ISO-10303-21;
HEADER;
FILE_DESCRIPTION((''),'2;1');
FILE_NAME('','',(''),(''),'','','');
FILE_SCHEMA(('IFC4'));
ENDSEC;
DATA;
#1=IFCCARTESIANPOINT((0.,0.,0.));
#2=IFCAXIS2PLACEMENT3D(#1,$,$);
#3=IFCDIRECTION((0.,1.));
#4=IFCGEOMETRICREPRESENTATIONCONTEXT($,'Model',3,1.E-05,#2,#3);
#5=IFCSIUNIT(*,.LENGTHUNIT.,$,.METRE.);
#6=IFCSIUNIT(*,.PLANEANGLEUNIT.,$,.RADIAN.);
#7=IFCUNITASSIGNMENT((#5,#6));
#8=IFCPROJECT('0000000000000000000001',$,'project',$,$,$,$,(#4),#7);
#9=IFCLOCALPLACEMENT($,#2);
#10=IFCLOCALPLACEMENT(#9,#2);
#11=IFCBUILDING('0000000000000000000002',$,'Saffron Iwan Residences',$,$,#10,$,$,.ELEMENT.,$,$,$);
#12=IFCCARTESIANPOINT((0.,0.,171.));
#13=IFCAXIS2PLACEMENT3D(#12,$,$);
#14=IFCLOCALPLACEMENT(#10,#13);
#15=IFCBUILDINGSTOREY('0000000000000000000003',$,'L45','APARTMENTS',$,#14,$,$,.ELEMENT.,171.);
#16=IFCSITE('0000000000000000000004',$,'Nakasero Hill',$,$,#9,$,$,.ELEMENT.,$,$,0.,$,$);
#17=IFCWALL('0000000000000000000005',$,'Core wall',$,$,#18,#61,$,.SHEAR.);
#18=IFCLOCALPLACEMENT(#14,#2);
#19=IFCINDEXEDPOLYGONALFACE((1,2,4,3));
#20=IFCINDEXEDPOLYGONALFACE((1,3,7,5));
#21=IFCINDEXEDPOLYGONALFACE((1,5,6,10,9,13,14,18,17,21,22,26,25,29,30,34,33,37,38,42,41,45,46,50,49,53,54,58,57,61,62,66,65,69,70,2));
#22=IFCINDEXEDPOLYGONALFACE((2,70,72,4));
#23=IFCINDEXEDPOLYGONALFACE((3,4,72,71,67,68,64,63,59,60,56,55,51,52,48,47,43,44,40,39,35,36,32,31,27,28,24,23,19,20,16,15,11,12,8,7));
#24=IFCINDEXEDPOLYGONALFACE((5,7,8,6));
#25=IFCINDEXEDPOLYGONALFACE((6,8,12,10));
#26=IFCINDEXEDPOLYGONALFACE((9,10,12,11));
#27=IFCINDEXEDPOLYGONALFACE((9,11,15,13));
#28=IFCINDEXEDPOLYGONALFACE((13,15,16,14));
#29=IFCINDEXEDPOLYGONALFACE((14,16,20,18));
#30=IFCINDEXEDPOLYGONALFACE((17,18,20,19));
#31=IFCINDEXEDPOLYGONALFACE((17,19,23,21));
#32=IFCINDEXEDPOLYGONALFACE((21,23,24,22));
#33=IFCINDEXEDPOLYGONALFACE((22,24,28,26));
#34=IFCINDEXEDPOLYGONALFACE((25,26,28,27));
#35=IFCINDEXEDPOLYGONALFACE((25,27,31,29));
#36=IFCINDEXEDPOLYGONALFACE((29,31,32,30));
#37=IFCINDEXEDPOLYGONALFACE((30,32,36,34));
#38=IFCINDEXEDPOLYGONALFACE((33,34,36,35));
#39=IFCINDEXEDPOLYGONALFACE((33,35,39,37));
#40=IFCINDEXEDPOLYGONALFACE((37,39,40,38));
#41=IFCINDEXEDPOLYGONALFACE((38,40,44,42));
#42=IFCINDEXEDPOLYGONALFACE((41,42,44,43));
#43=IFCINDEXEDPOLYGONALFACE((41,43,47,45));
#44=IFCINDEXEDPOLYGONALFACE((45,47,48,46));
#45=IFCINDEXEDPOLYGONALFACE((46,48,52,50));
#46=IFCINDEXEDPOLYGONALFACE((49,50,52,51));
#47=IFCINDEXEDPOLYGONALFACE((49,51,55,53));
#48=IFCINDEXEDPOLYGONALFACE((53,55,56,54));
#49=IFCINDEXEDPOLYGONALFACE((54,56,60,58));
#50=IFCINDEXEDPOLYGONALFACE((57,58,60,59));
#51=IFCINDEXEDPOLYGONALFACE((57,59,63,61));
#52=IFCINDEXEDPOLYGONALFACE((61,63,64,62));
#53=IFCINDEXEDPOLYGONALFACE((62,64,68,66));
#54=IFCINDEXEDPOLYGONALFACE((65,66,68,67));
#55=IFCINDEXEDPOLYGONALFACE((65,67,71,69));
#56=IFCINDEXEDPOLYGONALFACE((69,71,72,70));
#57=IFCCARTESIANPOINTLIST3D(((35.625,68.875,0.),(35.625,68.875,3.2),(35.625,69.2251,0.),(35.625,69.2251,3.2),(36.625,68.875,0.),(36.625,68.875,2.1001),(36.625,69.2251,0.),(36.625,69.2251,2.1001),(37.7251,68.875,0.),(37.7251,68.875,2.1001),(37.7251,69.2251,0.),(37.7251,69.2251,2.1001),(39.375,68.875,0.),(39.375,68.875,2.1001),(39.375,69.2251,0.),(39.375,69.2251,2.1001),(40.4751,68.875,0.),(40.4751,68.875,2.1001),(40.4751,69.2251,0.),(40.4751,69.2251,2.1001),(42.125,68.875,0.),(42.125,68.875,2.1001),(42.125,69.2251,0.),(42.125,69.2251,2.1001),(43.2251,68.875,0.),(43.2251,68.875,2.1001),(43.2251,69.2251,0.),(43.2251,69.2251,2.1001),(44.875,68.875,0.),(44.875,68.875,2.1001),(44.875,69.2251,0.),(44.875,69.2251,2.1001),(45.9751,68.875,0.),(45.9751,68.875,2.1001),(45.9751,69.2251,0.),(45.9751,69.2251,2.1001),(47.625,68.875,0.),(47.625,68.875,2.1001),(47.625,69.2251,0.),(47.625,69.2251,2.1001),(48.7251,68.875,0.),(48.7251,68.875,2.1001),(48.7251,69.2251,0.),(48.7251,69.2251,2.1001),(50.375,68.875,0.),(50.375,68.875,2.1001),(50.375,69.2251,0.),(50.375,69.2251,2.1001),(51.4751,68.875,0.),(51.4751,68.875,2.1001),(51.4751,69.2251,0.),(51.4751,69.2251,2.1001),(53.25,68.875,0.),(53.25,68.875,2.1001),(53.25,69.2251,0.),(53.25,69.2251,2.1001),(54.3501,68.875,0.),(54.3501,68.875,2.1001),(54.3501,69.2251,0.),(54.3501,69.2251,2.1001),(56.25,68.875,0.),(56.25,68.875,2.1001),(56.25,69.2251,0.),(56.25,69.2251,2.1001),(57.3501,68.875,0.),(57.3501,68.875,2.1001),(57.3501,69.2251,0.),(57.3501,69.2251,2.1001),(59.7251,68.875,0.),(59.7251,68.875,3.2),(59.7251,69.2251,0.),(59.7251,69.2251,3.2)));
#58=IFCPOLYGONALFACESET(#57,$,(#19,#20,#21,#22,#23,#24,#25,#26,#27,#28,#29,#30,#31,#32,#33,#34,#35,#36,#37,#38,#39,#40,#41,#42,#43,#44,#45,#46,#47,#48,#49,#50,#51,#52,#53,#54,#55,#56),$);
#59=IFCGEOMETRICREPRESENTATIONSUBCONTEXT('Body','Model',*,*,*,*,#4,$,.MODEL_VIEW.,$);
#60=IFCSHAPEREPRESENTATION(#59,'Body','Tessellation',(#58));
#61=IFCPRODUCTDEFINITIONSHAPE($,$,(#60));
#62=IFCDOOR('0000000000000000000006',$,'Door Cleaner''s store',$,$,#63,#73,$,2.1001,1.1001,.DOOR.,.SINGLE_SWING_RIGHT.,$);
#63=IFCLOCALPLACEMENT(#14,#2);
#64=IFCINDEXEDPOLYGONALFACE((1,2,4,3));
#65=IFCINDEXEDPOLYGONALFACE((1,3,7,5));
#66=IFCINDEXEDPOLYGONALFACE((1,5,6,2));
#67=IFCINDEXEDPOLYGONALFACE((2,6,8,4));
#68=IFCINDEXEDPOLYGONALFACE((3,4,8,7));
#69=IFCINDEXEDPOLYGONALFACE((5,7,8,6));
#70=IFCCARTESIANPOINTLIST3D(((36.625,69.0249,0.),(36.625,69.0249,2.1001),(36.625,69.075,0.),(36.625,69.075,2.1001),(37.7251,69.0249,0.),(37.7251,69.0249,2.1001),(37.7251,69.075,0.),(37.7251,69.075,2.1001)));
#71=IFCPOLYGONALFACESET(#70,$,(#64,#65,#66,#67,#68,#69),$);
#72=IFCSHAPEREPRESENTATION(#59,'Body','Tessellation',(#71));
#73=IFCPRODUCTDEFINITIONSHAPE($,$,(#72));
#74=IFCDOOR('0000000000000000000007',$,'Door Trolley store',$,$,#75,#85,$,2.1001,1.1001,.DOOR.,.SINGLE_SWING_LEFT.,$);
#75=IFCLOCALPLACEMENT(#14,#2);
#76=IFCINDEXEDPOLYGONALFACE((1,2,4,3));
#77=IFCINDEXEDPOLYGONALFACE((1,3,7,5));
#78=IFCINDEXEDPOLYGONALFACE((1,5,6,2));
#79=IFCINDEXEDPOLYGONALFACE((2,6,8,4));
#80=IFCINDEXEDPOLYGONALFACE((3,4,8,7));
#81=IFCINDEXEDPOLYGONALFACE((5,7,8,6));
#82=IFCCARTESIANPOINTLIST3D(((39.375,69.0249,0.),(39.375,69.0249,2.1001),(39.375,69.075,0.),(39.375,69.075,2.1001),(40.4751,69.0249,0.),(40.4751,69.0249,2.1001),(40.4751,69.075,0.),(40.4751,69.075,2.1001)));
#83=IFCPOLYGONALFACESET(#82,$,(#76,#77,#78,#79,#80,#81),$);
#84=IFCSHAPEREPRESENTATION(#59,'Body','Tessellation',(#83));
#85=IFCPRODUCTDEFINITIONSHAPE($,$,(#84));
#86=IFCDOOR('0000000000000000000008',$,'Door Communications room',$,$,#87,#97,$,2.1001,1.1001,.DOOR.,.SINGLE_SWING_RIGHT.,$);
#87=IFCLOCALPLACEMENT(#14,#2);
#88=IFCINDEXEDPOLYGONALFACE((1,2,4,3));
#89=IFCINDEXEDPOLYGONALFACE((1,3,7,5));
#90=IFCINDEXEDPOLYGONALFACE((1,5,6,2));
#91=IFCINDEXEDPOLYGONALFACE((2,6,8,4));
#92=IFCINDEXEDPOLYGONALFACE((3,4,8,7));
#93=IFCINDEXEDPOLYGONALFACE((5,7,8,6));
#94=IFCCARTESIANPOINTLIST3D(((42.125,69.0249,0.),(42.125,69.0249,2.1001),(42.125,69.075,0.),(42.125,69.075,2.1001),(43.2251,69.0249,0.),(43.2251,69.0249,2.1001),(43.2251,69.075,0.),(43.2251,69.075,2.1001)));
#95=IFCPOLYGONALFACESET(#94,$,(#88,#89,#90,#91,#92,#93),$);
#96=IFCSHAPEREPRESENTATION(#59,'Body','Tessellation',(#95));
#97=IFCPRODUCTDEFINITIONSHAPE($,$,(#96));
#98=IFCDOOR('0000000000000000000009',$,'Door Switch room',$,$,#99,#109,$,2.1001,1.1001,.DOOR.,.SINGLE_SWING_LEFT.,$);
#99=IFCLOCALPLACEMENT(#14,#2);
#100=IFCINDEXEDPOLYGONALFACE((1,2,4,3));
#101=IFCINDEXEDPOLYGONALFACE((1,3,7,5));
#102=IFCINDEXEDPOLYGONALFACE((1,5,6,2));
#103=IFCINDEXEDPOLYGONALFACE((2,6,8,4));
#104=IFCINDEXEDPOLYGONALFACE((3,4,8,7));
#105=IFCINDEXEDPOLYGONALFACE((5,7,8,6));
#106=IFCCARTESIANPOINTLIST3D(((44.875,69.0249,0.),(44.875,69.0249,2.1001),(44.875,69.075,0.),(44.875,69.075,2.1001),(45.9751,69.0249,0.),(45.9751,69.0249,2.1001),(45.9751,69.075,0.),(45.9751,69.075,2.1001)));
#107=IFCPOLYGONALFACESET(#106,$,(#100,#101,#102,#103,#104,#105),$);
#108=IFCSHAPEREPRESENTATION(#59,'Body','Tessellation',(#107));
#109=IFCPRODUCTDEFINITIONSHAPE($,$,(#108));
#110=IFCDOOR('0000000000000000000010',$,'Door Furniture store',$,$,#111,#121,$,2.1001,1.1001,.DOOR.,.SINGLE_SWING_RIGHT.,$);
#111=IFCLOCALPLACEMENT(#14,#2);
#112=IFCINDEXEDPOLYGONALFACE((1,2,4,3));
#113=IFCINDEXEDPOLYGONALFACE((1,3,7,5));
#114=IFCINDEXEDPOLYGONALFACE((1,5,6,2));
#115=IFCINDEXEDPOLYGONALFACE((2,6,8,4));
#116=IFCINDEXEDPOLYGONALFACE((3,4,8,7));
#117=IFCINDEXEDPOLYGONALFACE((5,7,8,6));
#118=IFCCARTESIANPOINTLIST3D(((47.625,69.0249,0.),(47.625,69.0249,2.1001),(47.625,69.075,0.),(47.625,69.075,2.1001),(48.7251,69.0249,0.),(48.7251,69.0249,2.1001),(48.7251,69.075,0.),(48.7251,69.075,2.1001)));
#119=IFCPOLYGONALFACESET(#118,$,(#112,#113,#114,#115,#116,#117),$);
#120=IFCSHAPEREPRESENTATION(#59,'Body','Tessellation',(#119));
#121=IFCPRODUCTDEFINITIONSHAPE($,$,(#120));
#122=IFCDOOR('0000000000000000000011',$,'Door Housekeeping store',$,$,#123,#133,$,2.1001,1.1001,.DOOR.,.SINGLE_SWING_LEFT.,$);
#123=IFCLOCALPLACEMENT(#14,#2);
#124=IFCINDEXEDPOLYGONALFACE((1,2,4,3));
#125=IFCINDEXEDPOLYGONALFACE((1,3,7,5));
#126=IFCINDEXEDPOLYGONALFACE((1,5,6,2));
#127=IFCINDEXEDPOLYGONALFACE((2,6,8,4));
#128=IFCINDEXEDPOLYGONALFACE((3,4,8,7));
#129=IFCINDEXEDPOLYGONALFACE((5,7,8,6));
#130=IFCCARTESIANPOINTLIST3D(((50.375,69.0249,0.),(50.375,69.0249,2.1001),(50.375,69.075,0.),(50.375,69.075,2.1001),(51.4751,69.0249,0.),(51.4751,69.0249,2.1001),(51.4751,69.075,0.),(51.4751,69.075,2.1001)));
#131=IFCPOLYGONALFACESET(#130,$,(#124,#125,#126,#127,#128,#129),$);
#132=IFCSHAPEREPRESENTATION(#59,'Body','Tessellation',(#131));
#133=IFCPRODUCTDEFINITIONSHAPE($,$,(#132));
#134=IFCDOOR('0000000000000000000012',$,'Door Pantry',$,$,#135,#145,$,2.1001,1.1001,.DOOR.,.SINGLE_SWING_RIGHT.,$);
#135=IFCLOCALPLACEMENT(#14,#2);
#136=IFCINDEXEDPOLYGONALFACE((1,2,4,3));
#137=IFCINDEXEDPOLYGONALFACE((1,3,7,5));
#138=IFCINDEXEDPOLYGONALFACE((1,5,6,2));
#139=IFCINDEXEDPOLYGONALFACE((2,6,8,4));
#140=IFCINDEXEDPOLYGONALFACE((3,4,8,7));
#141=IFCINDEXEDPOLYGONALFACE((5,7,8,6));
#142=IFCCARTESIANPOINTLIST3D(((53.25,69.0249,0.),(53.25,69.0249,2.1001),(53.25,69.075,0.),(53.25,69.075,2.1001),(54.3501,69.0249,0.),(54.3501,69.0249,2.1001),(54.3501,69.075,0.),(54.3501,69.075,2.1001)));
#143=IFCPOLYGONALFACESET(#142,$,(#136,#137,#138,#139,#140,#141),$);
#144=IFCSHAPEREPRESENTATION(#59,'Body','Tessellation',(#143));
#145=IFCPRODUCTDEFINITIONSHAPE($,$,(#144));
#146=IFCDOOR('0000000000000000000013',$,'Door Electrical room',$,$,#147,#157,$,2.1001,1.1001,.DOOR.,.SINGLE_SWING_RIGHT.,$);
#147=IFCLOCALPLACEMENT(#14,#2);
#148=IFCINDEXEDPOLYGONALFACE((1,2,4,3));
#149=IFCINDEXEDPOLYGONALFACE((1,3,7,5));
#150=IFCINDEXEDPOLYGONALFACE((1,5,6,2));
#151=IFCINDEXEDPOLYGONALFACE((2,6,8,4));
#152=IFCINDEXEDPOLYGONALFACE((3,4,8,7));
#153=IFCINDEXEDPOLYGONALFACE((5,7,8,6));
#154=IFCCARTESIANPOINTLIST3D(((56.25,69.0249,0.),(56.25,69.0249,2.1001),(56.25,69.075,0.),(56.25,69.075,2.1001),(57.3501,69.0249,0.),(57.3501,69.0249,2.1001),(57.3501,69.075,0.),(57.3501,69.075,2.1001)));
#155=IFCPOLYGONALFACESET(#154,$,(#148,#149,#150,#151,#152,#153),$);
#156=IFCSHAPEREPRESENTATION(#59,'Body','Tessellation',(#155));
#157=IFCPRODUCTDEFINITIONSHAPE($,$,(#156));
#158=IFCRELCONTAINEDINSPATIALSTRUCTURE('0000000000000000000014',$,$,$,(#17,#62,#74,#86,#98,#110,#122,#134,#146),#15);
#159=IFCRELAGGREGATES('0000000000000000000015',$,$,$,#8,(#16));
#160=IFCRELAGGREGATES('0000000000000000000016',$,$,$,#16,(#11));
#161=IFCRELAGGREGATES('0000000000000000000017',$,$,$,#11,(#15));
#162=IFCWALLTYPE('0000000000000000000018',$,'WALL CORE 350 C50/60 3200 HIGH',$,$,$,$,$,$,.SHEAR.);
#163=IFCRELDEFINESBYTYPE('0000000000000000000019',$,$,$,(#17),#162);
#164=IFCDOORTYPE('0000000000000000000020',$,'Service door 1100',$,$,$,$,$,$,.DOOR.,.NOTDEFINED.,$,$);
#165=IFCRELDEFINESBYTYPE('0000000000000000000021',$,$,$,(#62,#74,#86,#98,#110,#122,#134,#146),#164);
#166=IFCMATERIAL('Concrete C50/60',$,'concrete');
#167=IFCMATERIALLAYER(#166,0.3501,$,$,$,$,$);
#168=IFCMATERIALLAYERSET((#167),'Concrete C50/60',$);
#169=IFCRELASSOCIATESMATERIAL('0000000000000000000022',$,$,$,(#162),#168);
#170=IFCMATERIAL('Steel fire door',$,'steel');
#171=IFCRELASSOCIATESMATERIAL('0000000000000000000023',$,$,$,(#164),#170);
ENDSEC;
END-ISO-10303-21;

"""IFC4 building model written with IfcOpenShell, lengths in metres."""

from ifc_helpers import new_model, si_unit, direction, frame, frame_2d, origin, place, context, subcontext, project, spatial, rectangle, extrude, material, layer, layer_set, type_object, element, fill, save


model = new_model("IFC4")

# Units and contexts
model_context = context("Model", 3, precision=1e-05, world=origin(), true_north=direction((0.0, 1.0)))
body_context = subcontext(model_context, "Body", "Model", "MODEL_VIEW")
ifc_project = project(units=[si_unit("LENGTHUNIT", "METRE"), si_unit("PLANEANGLEUNIT", "RADIAN")], contexts=[model_context])

# Site, building, storey
site_placement = place(None, origin())
site = spatial("IfcSite", under=ifc_project, at=site_placement, Name="Nakasero Hill", CompositionType="ELEMENT", RefElevation=0.0)
building_placement = place(site_placement, origin())
building = spatial("IfcBuilding", under=site, at=building_placement, Name="Saffron Iwan Residences", CompositionType="ELEMENT")
storey_placement = place(building_placement, frame((0.0, 0.0, 171.0)))
storey = spatial("IfcBuildingStorey", under=building, at=storey_placement, Name="L45", Description="APARTMENTS", CompositionType="ELEMENT", Elevation=171.0)

# Shared definitions
ifc_material_1 = material(Name="Concrete C50/60", Category="concrete")

# Shared definitions
ifc_material_2 = material(Name="Steel fire door", Category="steel")

# Wall, openings, doors
ifc_layer_1 = layer(ifc_material_1, 0.3501)
ifc_layer_set_1 = layer_set([ifc_layer_1], Name="Concrete C50/60")
wall_type_1 = type_object("IfcWallType", Name="WALL CORE 350 C50/60 3200 HIGH", PredefinedType="SHEAR", material=ifc_layer_set_1)
wall_1_placement = place(storey_placement, frame((35.625, 69.05, 0.0), z_axis=(0.0, 0.0, 1.0), x_axis=(1.0, 0.0, 0.0)))
wall_1 = element("IfcWall", 1, at=wall_1_placement, inside=storey, type_object=wall_type_1, Name="Core wall", PredefinedType="SHEAR", context=body_context, shape_type="SweptSolid", body=[
    extrude(rectangle(XDim=24.1001, YDim=0.3501, at=frame_2d((12.05, 0.0))), origin(), (0.0, 0.0, 1.0), 3.2),
])
opening_1_placement = place(wall_1_placement, frame((1.0, 0.0, 0.0)))
opening_1 = element("IfcOpeningElement", 2, at=opening_1_placement, cuts=wall_1, PredefinedType="OPENING", context=body_context, shape_type="SweptSolid", body=[
    extrude(rectangle(XDim=1.1001, YDim=2.1001, at=frame_2d((0.55, 1.05))), frame((0.0, 0.1851, 0.0), z_axis=(0.0, -1.0, 0.0), x_axis=(1.0, 0.0, 0.0)), (0.0, 0.0, 1.0), 0.3701),
])
opening_2_placement = place(wall_1_placement, frame((3.75, 0.0, 0.0)))
opening_2 = element("IfcOpeningElement", 3, at=opening_2_placement, cuts=wall_1, PredefinedType="OPENING", context=body_context, shape_type="SweptSolid", body=[
    extrude(rectangle(XDim=1.1001, YDim=2.1001, at=frame_2d((0.55, 1.05))), frame((0.0, 0.1851, 0.0), z_axis=(0.0, -1.0, 0.0), x_axis=(1.0, 0.0, 0.0)), (0.0, 0.0, 1.0), 0.3701),
])
opening_3_placement = place(wall_1_placement, frame((6.5, 0.0, 0.0)))
opening_3 = element("IfcOpeningElement", 4, at=opening_3_placement, cuts=wall_1, PredefinedType="OPENING", context=body_context, shape_type="SweptSolid", body=[
    extrude(rectangle(XDim=1.1001, YDim=2.1001, at=frame_2d((0.55, 1.05))), frame((0.0, 0.1851, 0.0), z_axis=(0.0, -1.0, 0.0), x_axis=(1.0, 0.0, 0.0)), (0.0, 0.0, 1.0), 0.3701),
])
opening_4_placement = place(wall_1_placement, frame((9.25, 0.0, 0.0)))
opening_4 = element("IfcOpeningElement", 5, at=opening_4_placement, cuts=wall_1, PredefinedType="OPENING", context=body_context, shape_type="SweptSolid", body=[
    extrude(rectangle(XDim=1.1001, YDim=2.1001, at=frame_2d((0.55, 1.05))), frame((0.0, 0.1851, 0.0), z_axis=(0.0, -1.0, 0.0), x_axis=(1.0, 0.0, 0.0)), (0.0, 0.0, 1.0), 0.3701),
])
opening_5_placement = place(wall_1_placement, frame((12.0, 0.0, 0.0)))
opening_5 = element("IfcOpeningElement", 6, at=opening_5_placement, cuts=wall_1, PredefinedType="OPENING", context=body_context, shape_type="SweptSolid", body=[
    extrude(rectangle(XDim=1.1001, YDim=2.1001, at=frame_2d((0.55, 1.05))), frame((0.0, 0.1851, 0.0), z_axis=(0.0, -1.0, 0.0), x_axis=(1.0, 0.0, 0.0)), (0.0, 0.0, 1.0), 0.3701),
])
opening_6_placement = place(wall_1_placement, frame((14.75, 0.0, 0.0)))
opening_6 = element("IfcOpeningElement", 7, at=opening_6_placement, cuts=wall_1, PredefinedType="OPENING", context=body_context, shape_type="SweptSolid", body=[
    extrude(rectangle(XDim=1.1001, YDim=2.1001, at=frame_2d((0.55, 1.05))), frame((0.0, 0.1851, 0.0), z_axis=(0.0, -1.0, 0.0), x_axis=(1.0, 0.0, 0.0)), (0.0, 0.0, 1.0), 0.3701),
])
opening_7_placement = place(wall_1_placement, frame((17.625, 0.0, 0.0)))
opening_7 = element("IfcOpeningElement", 8, at=opening_7_placement, cuts=wall_1, PredefinedType="OPENING", context=body_context, shape_type="SweptSolid", body=[
    extrude(rectangle(XDim=1.1001, YDim=2.1001, at=frame_2d((0.55, 1.05))), frame((0.0, 0.1851, 0.0), z_axis=(0.0, -1.0, 0.0), x_axis=(1.0, 0.0, 0.0)), (0.0, 0.0, 1.0), 0.3701),
])
opening_8_placement = place(wall_1_placement, frame((20.625, 0.0, 0.0)))
opening_8 = element("IfcOpeningElement", 9, at=opening_8_placement, cuts=wall_1, PredefinedType="OPENING", context=body_context, shape_type="SweptSolid", body=[
    extrude(rectangle(XDim=1.1001, YDim=2.1001, at=frame_2d((0.55, 1.05))), frame((0.0, 0.1851, 0.0), z_axis=(0.0, -1.0, 0.0), x_axis=(1.0, 0.0, 0.0)), (0.0, 0.0, 1.0), 0.3701),
])
door_type_1 = type_object("IfcDoorType", Name="Service door 1100", OperationType="NOTDEFINED", PredefinedType="DOOR", material=ifc_material_2)
door_1_placement = place(opening_1_placement, origin())
door_1 = element("IfcDoor", 10, at=door_1_placement, inside=storey, type_object=door_type_1, Name="Door Cleaner's store", OperationType="SINGLE_SWING_RIGHT", OverallHeight=2.1001, OverallWidth=1.1001, PredefinedType="DOOR", context=body_context, shape_type="SweptSolid", body=[
    extrude(rectangle(XDim=1.1001, YDim=2.1001, at=frame_2d((0.55, 1.05))), frame((0.0, 0.0249, 0.0), z_axis=(0.0, -1.0, 0.0), x_axis=(1.0, 0.0, 0.0)), (0.0, 0.0, 1.0), 0.05),
])
fill(opening_1, door_1)
door_2_placement = place(opening_2_placement, origin())
door_2 = element("IfcDoor", 11, at=door_2_placement, inside=storey, type_object=door_type_1, Name="Door Trolley store", OperationType="SINGLE_SWING_LEFT", OverallHeight=2.1001, OverallWidth=1.1001, PredefinedType="DOOR", context=body_context, shape_type="SweptSolid", body=[
    extrude(rectangle(XDim=1.1001, YDim=2.1001, at=frame_2d((0.55, 1.05))), frame((0.0, 0.0249, 0.0), z_axis=(0.0, -1.0, 0.0), x_axis=(1.0, 0.0, 0.0)), (0.0, 0.0, 1.0), 0.05),
])
fill(opening_2, door_2)
door_3_placement = place(opening_3_placement, origin())
door_3 = element("IfcDoor", 12, at=door_3_placement, inside=storey, type_object=door_type_1, Name="Door Communications room", OperationType="SINGLE_SWING_RIGHT", OverallHeight=2.1001, OverallWidth=1.1001, PredefinedType="DOOR", context=body_context, shape_type="SweptSolid", body=[
    extrude(rectangle(XDim=1.1001, YDim=2.1001, at=frame_2d((0.55, 1.05))), frame((0.0, 0.0249, 0.0), z_axis=(0.0, -1.0, 0.0), x_axis=(1.0, 0.0, 0.0)), (0.0, 0.0, 1.0), 0.05),
])
fill(opening_3, door_3)
door_4_placement = place(opening_4_placement, origin())
door_4 = element("IfcDoor", 13, at=door_4_placement, inside=storey, type_object=door_type_1, Name="Door Switch room", OperationType="SINGLE_SWING_LEFT", OverallHeight=2.1001, OverallWidth=1.1001, PredefinedType="DOOR", context=body_context, shape_type="SweptSolid", body=[
    extrude(rectangle(XDim=1.1001, YDim=2.1001, at=frame_2d((0.55, 1.05))), frame((0.0, 0.0249, 0.0), z_axis=(0.0, -1.0, 0.0), x_axis=(1.0, 0.0, 0.0)), (0.0, 0.0, 1.0), 0.05),
])
fill(opening_4, door_4)
door_5_placement = place(opening_5_placement, origin())
door_5 = element("IfcDoor", 14, at=door_5_placement, inside=storey, type_object=door_type_1, Name="Door Furniture store", OperationType="SINGLE_SWING_RIGHT", OverallHeight=2.1001, OverallWidth=1.1001, PredefinedType="DOOR", context=body_context, shape_type="SweptSolid", body=[
    extrude(rectangle(XDim=1.1001, YDim=2.1001, at=frame_2d((0.55, 1.05))), frame((0.0, 0.0249, 0.0), z_axis=(0.0, -1.0, 0.0), x_axis=(1.0, 0.0, 0.0)), (0.0, 0.0, 1.0), 0.05),
])
fill(opening_5, door_5)
door_6_placement = place(opening_6_placement, origin())
door_6 = element("IfcDoor", 15, at=door_6_placement, inside=storey, type_object=door_type_1, Name="Door Housekeeping store", OperationType="SINGLE_SWING_LEFT", OverallHeight=2.1001, OverallWidth=1.1001, PredefinedType="DOOR", context=body_context, shape_type="SweptSolid", body=[
    extrude(rectangle(XDim=1.1001, YDim=2.1001, at=frame_2d((0.55, 1.05))), frame((0.0, 0.0249, 0.0), z_axis=(0.0, -1.0, 0.0), x_axis=(1.0, 0.0, 0.0)), (0.0, 0.0, 1.0), 0.05),
])
fill(opening_6, door_6)
door_7_placement = place(opening_7_placement, origin())
door_7 = element("IfcDoor", 16, at=door_7_placement, inside=storey, type_object=door_type_1, Name="Door Pantry", OperationType="SINGLE_SWING_RIGHT", OverallHeight=2.1001, OverallWidth=1.1001, PredefinedType="DOOR", context=body_context, shape_type="SweptSolid", body=[
    extrude(rectangle(XDim=1.1001, YDim=2.1001, at=frame_2d((0.55, 1.05))), frame((0.0, 0.0249, 0.0), z_axis=(0.0, -1.0, 0.0), x_axis=(1.0, 0.0, 0.0)), (0.0, 0.0, 1.0), 0.05),
])
fill(opening_7, door_7)
door_8_placement = place(opening_8_placement, origin())
door_8 = element("IfcDoor", 17, at=door_8_placement, inside=storey, type_object=door_type_1, Name="Door Electrical room", OperationType="SINGLE_SWING_RIGHT", OverallHeight=2.1001, OverallWidth=1.1001, PredefinedType="DOOR", context=body_context, shape_type="SweptSolid", body=[
    extrude(rectangle(XDim=1.1001, YDim=2.1001, at=frame_2d((0.55, 1.05))), frame((0.0, 0.0249, 0.0), z_axis=(0.0, -1.0, 0.0), x_axis=(1.0, 0.0, 0.0)), (0.0, 0.0, 1.0), 0.05),
])
fill(opening_8, door_8)

save(model, "model.ifc")
